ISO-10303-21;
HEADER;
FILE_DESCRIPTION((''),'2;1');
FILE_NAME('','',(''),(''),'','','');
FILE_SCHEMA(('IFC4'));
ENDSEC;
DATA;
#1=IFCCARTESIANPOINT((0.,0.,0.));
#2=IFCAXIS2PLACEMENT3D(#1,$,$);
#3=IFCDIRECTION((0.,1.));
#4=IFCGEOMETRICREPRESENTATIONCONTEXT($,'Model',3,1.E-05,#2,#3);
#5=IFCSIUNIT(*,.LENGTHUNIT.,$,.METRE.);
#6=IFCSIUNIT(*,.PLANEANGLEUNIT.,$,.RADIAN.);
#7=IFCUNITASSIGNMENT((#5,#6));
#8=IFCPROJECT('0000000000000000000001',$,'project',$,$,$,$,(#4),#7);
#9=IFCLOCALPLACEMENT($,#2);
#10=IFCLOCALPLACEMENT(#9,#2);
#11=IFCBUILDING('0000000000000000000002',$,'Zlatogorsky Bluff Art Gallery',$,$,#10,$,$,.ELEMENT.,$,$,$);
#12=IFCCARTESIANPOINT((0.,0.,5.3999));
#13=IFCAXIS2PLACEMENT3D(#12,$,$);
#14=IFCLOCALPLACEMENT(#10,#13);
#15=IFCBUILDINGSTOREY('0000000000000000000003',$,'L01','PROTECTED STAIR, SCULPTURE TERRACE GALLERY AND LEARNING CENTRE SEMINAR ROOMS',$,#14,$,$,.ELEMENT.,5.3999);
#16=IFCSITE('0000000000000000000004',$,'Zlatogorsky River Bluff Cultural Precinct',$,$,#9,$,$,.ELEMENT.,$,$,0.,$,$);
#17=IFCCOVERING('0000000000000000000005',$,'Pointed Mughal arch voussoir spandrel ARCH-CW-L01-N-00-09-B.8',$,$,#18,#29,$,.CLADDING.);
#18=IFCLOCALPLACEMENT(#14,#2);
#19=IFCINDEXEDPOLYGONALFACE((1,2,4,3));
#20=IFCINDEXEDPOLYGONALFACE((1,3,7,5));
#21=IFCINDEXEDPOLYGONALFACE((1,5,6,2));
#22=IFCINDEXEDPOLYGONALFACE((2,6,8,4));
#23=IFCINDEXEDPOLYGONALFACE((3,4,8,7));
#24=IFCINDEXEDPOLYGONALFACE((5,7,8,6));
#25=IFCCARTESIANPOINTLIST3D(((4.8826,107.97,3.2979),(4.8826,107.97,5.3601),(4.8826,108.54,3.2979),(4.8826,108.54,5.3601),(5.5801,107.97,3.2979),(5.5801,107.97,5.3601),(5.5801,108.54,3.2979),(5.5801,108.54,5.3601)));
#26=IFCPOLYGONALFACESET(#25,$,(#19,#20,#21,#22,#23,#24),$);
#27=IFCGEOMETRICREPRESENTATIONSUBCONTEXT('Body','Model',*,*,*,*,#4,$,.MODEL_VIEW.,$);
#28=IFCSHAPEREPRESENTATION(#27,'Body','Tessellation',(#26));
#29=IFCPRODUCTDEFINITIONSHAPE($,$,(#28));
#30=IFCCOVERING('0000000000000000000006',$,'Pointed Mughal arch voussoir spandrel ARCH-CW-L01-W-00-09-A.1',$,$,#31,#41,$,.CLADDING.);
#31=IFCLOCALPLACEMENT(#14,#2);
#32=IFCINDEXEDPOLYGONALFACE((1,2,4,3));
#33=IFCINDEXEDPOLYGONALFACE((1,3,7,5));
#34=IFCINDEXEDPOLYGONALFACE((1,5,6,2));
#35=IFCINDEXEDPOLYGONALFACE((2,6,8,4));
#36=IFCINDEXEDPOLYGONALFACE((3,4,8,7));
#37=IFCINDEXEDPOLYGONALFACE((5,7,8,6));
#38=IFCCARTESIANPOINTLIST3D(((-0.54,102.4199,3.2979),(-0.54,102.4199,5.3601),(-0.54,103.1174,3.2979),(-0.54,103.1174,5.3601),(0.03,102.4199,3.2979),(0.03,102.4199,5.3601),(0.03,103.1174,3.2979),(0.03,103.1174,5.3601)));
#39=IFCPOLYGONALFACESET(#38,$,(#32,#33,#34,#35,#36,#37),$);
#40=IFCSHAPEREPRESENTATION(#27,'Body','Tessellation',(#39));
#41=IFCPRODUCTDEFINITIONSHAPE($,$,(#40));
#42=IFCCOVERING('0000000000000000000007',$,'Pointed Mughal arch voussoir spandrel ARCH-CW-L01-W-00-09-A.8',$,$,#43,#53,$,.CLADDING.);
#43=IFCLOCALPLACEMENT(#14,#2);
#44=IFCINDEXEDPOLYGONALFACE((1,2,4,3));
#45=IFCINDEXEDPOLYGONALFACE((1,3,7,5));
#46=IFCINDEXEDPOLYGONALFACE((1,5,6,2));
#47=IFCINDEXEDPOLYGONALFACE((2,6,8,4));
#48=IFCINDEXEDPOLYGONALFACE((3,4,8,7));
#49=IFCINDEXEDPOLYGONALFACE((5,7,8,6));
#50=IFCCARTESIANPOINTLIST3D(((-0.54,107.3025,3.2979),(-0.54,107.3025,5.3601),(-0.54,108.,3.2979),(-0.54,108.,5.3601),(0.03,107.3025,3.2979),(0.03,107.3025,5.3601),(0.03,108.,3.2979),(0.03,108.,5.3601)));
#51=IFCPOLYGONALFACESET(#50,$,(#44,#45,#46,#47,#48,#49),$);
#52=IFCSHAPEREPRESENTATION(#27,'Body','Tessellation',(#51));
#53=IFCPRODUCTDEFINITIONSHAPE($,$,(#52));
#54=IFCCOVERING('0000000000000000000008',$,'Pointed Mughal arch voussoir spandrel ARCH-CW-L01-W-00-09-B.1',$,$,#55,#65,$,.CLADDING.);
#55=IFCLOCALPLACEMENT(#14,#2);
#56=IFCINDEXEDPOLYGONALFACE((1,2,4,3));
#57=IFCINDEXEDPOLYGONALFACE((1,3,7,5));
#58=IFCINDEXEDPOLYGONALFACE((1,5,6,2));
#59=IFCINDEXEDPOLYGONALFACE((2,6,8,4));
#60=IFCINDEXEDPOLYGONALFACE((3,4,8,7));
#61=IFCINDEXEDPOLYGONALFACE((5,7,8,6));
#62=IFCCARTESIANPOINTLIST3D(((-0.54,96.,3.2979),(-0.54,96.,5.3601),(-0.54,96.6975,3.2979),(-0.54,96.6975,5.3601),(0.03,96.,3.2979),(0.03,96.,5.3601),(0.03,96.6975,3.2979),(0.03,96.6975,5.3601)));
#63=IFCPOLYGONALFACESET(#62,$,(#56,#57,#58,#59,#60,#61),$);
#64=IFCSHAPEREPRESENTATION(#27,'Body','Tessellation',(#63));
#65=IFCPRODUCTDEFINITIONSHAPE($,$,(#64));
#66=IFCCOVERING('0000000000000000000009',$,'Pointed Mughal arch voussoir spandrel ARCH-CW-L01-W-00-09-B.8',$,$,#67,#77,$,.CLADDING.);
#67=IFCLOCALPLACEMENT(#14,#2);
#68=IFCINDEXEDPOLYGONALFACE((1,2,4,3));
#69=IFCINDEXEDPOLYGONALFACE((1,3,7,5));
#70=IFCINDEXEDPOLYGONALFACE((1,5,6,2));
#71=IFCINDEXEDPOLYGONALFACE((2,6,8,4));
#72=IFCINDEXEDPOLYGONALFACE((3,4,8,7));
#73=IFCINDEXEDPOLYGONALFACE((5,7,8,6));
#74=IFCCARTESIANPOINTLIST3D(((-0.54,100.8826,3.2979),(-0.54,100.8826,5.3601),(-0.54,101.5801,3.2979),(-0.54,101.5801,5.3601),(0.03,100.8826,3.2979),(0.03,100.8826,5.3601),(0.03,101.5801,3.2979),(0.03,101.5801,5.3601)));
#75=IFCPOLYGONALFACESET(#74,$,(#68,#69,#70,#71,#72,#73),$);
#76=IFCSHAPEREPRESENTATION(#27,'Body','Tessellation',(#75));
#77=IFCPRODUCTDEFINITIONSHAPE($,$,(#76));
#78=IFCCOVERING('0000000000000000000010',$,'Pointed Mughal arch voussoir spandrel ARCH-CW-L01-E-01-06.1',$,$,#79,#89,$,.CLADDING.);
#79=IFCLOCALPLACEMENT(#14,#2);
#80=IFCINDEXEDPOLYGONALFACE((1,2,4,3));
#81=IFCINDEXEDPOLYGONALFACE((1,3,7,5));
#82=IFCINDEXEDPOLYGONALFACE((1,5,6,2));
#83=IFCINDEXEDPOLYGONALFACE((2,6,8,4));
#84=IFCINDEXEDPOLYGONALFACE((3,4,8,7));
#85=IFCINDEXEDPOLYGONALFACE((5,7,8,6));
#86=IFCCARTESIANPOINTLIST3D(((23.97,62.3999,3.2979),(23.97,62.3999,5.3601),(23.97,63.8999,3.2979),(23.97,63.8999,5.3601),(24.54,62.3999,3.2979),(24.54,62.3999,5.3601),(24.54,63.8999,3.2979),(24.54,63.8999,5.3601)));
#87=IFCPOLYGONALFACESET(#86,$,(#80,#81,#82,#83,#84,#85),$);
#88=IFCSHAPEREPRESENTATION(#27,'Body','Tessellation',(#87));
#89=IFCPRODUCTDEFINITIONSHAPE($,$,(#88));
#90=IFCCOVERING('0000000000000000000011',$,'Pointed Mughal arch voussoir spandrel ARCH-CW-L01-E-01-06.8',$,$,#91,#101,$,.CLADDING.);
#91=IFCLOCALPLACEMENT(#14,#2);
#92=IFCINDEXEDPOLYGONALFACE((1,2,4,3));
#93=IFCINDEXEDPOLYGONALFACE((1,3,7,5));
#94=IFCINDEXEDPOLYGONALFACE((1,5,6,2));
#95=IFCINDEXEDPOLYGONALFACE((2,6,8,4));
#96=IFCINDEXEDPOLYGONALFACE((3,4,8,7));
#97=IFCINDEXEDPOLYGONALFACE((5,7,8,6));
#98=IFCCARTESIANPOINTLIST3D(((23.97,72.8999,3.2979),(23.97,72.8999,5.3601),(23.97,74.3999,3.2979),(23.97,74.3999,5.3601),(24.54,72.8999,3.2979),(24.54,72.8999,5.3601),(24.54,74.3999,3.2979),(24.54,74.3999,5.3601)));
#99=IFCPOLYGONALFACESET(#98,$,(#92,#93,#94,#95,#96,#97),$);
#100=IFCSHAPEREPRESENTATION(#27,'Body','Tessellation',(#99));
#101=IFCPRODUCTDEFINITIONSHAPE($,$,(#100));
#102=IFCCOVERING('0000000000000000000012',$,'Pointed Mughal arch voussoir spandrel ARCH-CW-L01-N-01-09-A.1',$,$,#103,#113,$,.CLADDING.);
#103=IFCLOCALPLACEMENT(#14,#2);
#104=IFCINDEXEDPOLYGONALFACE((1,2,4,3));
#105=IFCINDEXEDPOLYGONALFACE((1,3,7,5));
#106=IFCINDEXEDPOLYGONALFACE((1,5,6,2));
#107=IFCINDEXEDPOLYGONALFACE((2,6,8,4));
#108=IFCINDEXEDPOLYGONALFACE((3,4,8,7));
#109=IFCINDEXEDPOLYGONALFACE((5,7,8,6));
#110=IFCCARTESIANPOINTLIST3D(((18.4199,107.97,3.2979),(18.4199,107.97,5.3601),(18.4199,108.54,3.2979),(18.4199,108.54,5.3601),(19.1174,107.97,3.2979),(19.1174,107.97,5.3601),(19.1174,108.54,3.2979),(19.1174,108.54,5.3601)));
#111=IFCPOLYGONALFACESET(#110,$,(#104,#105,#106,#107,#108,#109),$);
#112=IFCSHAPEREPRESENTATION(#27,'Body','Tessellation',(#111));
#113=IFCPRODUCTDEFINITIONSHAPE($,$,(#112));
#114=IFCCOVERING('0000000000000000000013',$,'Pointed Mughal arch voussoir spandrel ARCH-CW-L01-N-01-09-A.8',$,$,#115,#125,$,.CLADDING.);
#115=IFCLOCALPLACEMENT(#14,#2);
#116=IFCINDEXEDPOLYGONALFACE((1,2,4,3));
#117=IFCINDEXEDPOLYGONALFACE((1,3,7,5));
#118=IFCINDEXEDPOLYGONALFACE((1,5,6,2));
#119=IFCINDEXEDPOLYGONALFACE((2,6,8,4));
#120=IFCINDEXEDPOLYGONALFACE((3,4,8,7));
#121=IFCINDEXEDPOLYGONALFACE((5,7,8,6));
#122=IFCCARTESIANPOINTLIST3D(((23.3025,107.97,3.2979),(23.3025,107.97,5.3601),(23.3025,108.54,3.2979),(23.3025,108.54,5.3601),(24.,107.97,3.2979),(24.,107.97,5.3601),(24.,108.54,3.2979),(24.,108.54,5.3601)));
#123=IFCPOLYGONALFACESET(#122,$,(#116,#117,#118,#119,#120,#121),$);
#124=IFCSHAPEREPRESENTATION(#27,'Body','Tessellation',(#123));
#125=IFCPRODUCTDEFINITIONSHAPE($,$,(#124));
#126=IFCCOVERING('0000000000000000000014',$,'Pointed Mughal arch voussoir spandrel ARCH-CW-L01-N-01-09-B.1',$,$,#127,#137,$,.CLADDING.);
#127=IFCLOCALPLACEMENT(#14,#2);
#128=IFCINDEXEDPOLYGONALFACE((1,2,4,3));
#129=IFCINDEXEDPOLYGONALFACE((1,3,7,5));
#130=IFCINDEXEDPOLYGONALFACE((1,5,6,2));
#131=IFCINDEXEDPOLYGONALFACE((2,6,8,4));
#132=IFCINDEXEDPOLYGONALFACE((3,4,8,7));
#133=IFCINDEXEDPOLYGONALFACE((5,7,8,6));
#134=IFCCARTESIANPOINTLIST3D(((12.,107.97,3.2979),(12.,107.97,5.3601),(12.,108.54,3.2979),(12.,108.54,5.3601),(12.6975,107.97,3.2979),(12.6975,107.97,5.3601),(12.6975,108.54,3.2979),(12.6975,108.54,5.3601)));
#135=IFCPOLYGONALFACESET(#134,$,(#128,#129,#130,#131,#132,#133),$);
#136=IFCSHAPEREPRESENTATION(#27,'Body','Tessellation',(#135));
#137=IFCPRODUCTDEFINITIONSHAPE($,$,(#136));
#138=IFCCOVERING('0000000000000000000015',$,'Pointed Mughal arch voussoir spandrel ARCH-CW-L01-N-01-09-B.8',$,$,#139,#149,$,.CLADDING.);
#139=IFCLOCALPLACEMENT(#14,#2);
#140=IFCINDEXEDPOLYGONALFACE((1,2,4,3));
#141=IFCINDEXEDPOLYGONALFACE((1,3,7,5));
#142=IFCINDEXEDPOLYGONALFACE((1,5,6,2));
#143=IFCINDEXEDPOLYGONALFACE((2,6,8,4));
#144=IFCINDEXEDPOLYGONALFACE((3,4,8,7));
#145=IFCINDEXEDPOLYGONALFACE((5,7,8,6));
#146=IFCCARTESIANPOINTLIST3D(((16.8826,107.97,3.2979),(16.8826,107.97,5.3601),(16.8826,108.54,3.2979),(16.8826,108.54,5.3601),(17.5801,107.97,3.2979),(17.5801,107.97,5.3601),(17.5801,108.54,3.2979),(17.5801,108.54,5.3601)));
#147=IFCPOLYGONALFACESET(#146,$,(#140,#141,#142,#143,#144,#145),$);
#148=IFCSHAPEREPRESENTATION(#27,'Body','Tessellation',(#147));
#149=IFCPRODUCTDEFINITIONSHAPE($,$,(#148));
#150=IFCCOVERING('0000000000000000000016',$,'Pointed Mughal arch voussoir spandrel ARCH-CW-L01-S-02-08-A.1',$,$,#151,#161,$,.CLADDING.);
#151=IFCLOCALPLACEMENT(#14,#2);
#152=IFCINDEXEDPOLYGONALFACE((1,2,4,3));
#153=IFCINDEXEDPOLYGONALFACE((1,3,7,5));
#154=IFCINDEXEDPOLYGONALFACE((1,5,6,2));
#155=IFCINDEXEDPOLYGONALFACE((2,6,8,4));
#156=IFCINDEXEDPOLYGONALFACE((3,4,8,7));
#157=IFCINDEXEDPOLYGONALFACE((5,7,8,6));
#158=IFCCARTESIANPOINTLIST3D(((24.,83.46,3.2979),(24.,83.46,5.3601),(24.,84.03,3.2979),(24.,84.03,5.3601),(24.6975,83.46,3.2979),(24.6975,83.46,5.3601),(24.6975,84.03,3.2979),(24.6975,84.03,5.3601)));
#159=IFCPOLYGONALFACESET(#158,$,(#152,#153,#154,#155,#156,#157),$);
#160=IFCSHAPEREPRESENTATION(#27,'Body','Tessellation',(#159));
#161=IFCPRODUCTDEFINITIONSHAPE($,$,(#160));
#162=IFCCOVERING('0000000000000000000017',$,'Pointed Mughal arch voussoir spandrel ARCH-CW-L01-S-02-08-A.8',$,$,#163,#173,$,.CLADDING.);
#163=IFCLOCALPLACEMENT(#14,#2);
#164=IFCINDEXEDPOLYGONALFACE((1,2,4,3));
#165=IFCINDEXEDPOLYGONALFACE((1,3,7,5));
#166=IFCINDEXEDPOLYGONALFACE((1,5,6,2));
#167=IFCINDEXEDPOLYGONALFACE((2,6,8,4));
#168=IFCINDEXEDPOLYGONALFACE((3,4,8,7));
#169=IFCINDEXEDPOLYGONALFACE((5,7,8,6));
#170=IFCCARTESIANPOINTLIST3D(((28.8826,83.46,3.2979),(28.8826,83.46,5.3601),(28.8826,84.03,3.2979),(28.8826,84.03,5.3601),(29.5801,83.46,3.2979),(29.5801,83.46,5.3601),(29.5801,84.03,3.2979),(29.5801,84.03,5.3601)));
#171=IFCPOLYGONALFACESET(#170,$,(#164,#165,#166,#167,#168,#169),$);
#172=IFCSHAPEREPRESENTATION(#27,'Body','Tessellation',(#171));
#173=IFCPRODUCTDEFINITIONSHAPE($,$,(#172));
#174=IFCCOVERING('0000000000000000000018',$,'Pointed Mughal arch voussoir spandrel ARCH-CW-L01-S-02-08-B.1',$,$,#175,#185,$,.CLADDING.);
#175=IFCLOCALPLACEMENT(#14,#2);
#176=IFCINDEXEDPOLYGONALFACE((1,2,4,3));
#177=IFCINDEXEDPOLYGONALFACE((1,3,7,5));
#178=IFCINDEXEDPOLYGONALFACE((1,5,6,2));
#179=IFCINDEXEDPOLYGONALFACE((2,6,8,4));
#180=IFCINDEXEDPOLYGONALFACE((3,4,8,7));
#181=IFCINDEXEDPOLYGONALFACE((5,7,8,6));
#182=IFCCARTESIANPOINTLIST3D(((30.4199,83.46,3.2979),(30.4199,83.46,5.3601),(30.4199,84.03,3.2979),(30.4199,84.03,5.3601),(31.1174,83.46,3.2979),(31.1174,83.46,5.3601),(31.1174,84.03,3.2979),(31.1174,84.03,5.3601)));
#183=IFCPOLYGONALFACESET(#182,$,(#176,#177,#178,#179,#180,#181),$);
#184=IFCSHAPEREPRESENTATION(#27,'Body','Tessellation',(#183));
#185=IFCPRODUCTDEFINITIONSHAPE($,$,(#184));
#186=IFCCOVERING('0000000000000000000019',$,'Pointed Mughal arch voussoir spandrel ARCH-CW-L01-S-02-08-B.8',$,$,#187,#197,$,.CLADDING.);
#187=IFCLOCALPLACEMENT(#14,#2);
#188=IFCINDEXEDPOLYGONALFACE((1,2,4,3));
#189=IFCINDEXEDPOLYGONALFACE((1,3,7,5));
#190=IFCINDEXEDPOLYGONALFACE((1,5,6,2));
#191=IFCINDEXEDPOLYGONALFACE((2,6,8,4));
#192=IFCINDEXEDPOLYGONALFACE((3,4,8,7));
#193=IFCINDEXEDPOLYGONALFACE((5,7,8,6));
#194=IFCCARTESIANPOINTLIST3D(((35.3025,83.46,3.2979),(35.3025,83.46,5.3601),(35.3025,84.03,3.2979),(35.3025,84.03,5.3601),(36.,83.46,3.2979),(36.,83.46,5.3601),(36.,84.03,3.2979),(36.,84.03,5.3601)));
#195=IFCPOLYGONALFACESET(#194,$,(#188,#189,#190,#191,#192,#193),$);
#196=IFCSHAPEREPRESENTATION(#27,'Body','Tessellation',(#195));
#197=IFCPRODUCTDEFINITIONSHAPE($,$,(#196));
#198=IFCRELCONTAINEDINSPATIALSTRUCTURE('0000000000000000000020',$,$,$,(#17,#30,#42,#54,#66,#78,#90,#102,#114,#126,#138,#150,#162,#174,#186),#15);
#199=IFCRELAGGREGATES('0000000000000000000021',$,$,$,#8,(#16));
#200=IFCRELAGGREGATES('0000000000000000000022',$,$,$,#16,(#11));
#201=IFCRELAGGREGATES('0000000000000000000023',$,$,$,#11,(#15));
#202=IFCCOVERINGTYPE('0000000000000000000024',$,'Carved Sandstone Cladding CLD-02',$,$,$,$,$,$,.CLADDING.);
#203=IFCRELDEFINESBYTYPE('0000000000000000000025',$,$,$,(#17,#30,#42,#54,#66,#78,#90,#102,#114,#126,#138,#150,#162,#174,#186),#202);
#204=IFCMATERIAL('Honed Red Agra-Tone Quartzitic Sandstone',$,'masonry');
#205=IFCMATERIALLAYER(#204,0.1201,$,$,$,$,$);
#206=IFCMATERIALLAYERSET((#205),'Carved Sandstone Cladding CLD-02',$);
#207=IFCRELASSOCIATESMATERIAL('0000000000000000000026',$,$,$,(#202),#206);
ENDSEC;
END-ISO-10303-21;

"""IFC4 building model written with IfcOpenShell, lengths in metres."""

from ifc_helpers import new_model, si_unit, direction, frame, origin, place, context, subcontext, project, spatial, polyline, outline, extrude, material, layer, layer_set, type_object, element, save


model = new_model("IFC4")

# Units and contexts
model_context = context("Model", 3, precision=1e-05, world=origin(), true_north=direction((0.0, 1.0)))
body_context = subcontext(model_context, "Body", "Model", "MODEL_VIEW")
ifc_project = project(units=[si_unit("LENGTHUNIT", "METRE"), si_unit("PLANEANGLEUNIT", "RADIAN")], contexts=[model_context])

# Site, building, storey
site_placement = place(None, origin())
site = spatial("IfcSite", under=ifc_project, at=site_placement, Name="Zlatogorsky River Bluff Cultural Precinct", CompositionType="ELEMENT", RefElevation=0.0)
building_placement = place(site_placement, origin())
building = spatial("IfcBuilding", under=site, at=building_placement, Name="Zlatogorsky Bluff Art Gallery", CompositionType="ELEMENT")
storey_placement = place(building_placement, frame((0.0, 0.0, 5.3999)))
storey = spatial("IfcBuildingStorey", under=building, at=storey_placement, Name="L01", Description="PROTECTED STAIR, SCULPTURE TERRACE GALLERY AND LEARNING CENTRE SEMINAR ROOMS", CompositionType="ELEMENT", Elevation=5.3999)

# Coverings
ifc_material = material(Name="Honed Red Agra-Tone Quartzitic Sandstone", Category="masonry")
ifc_layer = layer(ifc_material, 0.1201)
ifc_layer_set = layer_set([ifc_layer], Name="Carved Sandstone Cladding CLD-02")
covering_type = type_object("IfcCoveringType", Name="Carved Sandstone Cladding CLD-02", PredefinedType="CLADDING", material=ifc_layer_set)
covering_1_placement = place(storey_placement, frame((0.0, 0.0, 3.2979)))
element("IfcCovering", 1, at=covering_1_placement, inside=storey, type_object=covering_type, Name="Pointed Mughal arch voussoir spandrel ARCH-CW-L01-N-00-09-B.8", PredefinedType="CLADDING", context=body_context, shape_type="SweptSolid", body=[
    extrude(outline(polyline([(4.8826, 107.97), (5.5801, 107.97), (5.5801, 108.54), (4.8826, 108.54), (4.8826, 107.97)])), origin(), (0.0, 0.0, 1.0), 2.0623),
])
covering_2_placement = place(storey_placement, frame((0.0, 0.0, 3.2979)))
element("IfcCovering", 2, at=covering_2_placement, inside=storey, type_object=covering_type, Name="Pointed Mughal arch voussoir spandrel ARCH-CW-L01-W-00-09-A.1", PredefinedType="CLADDING", context=body_context, shape_type="SweptSolid", body=[
    extrude(outline(polyline([(-0.54, 102.4199), (-0.54, 103.1174), (0.03, 103.1174), (0.03, 102.4199), (-0.54, 102.4199)])), origin(), (0.0, 0.0, 1.0), 2.0623),
])
covering_3_placement = place(storey_placement, frame((0.0, 0.0, 3.2979)))
element("IfcCovering", 3, at=covering_3_placement, inside=storey, type_object=covering_type, Name="Pointed Mughal arch voussoir spandrel ARCH-CW-L01-W-00-09-A.8", PredefinedType="CLADDING", context=body_context, shape_type="SweptSolid", body=[
    extrude(outline(polyline([(-0.54, 107.3025), (-0.54, 108.0), (0.03, 108.0), (0.03, 107.3025), (-0.54, 107.3025)])), origin(), (0.0, 0.0, 1.0), 2.0623),
])
covering_4_placement = place(storey_placement, frame((0.0, 0.0, 3.2979)))
element("IfcCovering", 4, at=covering_4_placement, inside=storey, type_object=covering_type, Name="Pointed Mughal arch voussoir spandrel ARCH-CW-L01-W-00-09-B.1", PredefinedType="CLADDING", context=body_context, shape_type="SweptSolid", body=[
    extrude(outline(polyline([(-0.54, 96.0), (-0.54, 96.6975), (0.03, 96.6975), (0.03, 96.0), (-0.54, 96.0)])), origin(), (0.0, 0.0, 1.0), 2.0623),
])
covering_5_placement = place(storey_placement, frame((0.0, 0.0, 3.2979)))
element("IfcCovering", 5, at=covering_5_placement, inside=storey, type_object=covering_type, Name="Pointed Mughal arch voussoir spandrel ARCH-CW-L01-W-00-09-B.8", PredefinedType="CLADDING", context=body_context, shape_type="SweptSolid", body=[
    extrude(outline(polyline([(-0.54, 100.8826), (-0.54, 101.5801), (0.03, 101.5801), (0.03, 100.8826), (-0.54, 100.8826)])), origin(), (0.0, 0.0, 1.0), 2.0623),
])
covering_6_placement = place(storey_placement, frame((0.0, 0.0, 3.2979)))
element("IfcCovering", 6, at=covering_6_placement, inside=storey, type_object=covering_type, Name="Pointed Mughal arch voussoir spandrel ARCH-CW-L01-E-01-06.1", PredefinedType="CLADDING", context=body_context, shape_type="SweptSolid", body=[
    extrude(outline(polyline([(23.97, 62.3999), (23.97, 63.8999), (24.54, 63.8999), (24.54, 62.3999), (23.97, 62.3999)])), origin(), (0.0, 0.0, 1.0), 2.0623),
])
covering_7_placement = place(storey_placement, frame((0.0, 0.0, 3.2979)))
element("IfcCovering", 7, at=covering_7_placement, inside=storey, type_object=covering_type, Name="Pointed Mughal arch voussoir spandrel ARCH-CW-L01-E-01-06.8", PredefinedType="CLADDING", context=body_context, shape_type="SweptSolid", body=[
    extrude(outline(polyline([(23.97, 72.8999), (23.97, 74.3999), (24.54, 74.3999), (24.54, 72.8999), (23.97, 72.8999)])), origin(), (0.0, 0.0, 1.0), 2.0623),
])
covering_8_placement = place(storey_placement, frame((0.0, 0.0, 3.2979)))
element("IfcCovering", 8, at=covering_8_placement, inside=storey, type_object=covering_type, Name="Pointed Mughal arch voussoir spandrel ARCH-CW-L01-N-01-09-A.1", PredefinedType="CLADDING", context=body_context, shape_type="SweptSolid", body=[
    extrude(outline(polyline([(18.4199, 107.97), (19.1174, 107.97), (19.1174, 108.54), (18.4199, 108.54), (18.4199, 107.97)])), origin(), (0.0, 0.0, 1.0), 2.0623),
])
covering_9_placement = place(storey_placement, frame((0.0, 0.0, 3.2979)))
element("IfcCovering", 9, at=covering_9_placement, inside=storey, type_object=covering_type, Name="Pointed Mughal arch voussoir spandrel ARCH-CW-L01-N-01-09-A.8", PredefinedType="CLADDING", context=body_context, shape_type="SweptSolid", body=[
    extrude(outline(polyline([(23.3025, 107.97), (24.0, 107.97), (24.0, 108.54), (23.3025, 108.54), (23.3025, 107.97)])), origin(), (0.0, 0.0, 1.0), 2.0623),
])
covering_10_placement = place(storey_placement, frame((0.0, 0.0, 3.2979)))
element("IfcCovering", 10, at=covering_10_placement, inside=storey, type_object=covering_type, Name="Pointed Mughal arch voussoir spandrel ARCH-CW-L01-N-01-09-B.1", PredefinedType="CLADDING", context=body_context, shape_type="SweptSolid", body=[
    extrude(outline(polyline([(12.0, 107.97), (12.6975, 107.97), (12.6975, 108.54), (12.0, 108.54), (12.0, 107.97)])), origin(), (0.0, 0.0, 1.0), 2.0623),
])
covering_11_placement = place(storey_placement, frame((0.0, 0.0, 3.2979)))
element("IfcCovering", 11, at=covering_11_placement, inside=storey, type_object=covering_type, Name="Pointed Mughal arch voussoir spandrel ARCH-CW-L01-N-01-09-B.8", PredefinedType="CLADDING", context=body_context, shape_type="SweptSolid", body=[
    extrude(outline(polyline([(16.8826, 107.97), (17.5801, 107.97), (17.5801, 108.54), (16.8826, 108.54), (16.8826, 107.97)])), origin(), (0.0, 0.0, 1.0), 2.0623),
])
covering_12_placement = place(storey_placement, frame((0.0, 0.0, 3.2979)))
element("IfcCovering", 12, at=covering_12_placement, inside=storey, type_object=covering_type, Name="Pointed Mughal arch voussoir spandrel ARCH-CW-L01-S-02-08-A.1", PredefinedType="CLADDING", context=body_context, shape_type="SweptSolid", body=[
    extrude(outline(polyline([(24.0, 83.46), (24.6975, 83.46), (24.6975, 84.03), (24.0, 84.03), (24.0, 83.46)])), origin(), (0.0, 0.0, 1.0), 2.0623),
])
covering_13_placement = place(storey_placement, frame((0.0, 0.0, 3.2979)))
element("IfcCovering", 13, at=covering_13_placement, inside=storey, type_object=covering_type, Name="Pointed Mughal arch voussoir spandrel ARCH-CW-L01-S-02-08-A.8", PredefinedType="CLADDING", context=body_context, shape_type="SweptSolid", body=[
    extrude(outline(polyline([(28.8826, 83.46), (29.5801, 83.46), (29.5801, 84.03), (28.8826, 84.03), (28.8826, 83.46)])), origin(), (0.0, 0.0, 1.0), 2.0623),
])
covering_14_placement = place(storey_placement, frame((0.0, 0.0, 3.2979)))
element("IfcCovering", 14, at=covering_14_placement, inside=storey, type_object=covering_type, Name="Pointed Mughal arch voussoir spandrel ARCH-CW-L01-S-02-08-B.1", PredefinedType="CLADDING", context=body_context, shape_type="SweptSolid", body=[
    extrude(outline(polyline([(30.4199, 83.46), (31.1174, 83.46), (31.1174, 84.03), (30.4199, 84.03), (30.4199, 83.46)])), origin(), (0.0, 0.0, 1.0), 2.0623),
])
covering_15_placement = place(storey_placement, frame((0.0, 0.0, 3.2979)))
element("IfcCovering", 15, at=covering_15_placement, inside=storey, type_object=covering_type, Name="Pointed Mughal arch voussoir spandrel ARCH-CW-L01-S-02-08-B.8", PredefinedType="CLADDING", context=body_context, shape_type="SweptSolid", body=[
    extrude(outline(polyline([(35.3025, 83.46), (36.0, 83.46), (36.0, 84.03), (35.3025, 84.03), (35.3025, 83.46)])), origin(), (0.0, 0.0, 1.0), 2.0623),
])

save(model, "model.ifc")
